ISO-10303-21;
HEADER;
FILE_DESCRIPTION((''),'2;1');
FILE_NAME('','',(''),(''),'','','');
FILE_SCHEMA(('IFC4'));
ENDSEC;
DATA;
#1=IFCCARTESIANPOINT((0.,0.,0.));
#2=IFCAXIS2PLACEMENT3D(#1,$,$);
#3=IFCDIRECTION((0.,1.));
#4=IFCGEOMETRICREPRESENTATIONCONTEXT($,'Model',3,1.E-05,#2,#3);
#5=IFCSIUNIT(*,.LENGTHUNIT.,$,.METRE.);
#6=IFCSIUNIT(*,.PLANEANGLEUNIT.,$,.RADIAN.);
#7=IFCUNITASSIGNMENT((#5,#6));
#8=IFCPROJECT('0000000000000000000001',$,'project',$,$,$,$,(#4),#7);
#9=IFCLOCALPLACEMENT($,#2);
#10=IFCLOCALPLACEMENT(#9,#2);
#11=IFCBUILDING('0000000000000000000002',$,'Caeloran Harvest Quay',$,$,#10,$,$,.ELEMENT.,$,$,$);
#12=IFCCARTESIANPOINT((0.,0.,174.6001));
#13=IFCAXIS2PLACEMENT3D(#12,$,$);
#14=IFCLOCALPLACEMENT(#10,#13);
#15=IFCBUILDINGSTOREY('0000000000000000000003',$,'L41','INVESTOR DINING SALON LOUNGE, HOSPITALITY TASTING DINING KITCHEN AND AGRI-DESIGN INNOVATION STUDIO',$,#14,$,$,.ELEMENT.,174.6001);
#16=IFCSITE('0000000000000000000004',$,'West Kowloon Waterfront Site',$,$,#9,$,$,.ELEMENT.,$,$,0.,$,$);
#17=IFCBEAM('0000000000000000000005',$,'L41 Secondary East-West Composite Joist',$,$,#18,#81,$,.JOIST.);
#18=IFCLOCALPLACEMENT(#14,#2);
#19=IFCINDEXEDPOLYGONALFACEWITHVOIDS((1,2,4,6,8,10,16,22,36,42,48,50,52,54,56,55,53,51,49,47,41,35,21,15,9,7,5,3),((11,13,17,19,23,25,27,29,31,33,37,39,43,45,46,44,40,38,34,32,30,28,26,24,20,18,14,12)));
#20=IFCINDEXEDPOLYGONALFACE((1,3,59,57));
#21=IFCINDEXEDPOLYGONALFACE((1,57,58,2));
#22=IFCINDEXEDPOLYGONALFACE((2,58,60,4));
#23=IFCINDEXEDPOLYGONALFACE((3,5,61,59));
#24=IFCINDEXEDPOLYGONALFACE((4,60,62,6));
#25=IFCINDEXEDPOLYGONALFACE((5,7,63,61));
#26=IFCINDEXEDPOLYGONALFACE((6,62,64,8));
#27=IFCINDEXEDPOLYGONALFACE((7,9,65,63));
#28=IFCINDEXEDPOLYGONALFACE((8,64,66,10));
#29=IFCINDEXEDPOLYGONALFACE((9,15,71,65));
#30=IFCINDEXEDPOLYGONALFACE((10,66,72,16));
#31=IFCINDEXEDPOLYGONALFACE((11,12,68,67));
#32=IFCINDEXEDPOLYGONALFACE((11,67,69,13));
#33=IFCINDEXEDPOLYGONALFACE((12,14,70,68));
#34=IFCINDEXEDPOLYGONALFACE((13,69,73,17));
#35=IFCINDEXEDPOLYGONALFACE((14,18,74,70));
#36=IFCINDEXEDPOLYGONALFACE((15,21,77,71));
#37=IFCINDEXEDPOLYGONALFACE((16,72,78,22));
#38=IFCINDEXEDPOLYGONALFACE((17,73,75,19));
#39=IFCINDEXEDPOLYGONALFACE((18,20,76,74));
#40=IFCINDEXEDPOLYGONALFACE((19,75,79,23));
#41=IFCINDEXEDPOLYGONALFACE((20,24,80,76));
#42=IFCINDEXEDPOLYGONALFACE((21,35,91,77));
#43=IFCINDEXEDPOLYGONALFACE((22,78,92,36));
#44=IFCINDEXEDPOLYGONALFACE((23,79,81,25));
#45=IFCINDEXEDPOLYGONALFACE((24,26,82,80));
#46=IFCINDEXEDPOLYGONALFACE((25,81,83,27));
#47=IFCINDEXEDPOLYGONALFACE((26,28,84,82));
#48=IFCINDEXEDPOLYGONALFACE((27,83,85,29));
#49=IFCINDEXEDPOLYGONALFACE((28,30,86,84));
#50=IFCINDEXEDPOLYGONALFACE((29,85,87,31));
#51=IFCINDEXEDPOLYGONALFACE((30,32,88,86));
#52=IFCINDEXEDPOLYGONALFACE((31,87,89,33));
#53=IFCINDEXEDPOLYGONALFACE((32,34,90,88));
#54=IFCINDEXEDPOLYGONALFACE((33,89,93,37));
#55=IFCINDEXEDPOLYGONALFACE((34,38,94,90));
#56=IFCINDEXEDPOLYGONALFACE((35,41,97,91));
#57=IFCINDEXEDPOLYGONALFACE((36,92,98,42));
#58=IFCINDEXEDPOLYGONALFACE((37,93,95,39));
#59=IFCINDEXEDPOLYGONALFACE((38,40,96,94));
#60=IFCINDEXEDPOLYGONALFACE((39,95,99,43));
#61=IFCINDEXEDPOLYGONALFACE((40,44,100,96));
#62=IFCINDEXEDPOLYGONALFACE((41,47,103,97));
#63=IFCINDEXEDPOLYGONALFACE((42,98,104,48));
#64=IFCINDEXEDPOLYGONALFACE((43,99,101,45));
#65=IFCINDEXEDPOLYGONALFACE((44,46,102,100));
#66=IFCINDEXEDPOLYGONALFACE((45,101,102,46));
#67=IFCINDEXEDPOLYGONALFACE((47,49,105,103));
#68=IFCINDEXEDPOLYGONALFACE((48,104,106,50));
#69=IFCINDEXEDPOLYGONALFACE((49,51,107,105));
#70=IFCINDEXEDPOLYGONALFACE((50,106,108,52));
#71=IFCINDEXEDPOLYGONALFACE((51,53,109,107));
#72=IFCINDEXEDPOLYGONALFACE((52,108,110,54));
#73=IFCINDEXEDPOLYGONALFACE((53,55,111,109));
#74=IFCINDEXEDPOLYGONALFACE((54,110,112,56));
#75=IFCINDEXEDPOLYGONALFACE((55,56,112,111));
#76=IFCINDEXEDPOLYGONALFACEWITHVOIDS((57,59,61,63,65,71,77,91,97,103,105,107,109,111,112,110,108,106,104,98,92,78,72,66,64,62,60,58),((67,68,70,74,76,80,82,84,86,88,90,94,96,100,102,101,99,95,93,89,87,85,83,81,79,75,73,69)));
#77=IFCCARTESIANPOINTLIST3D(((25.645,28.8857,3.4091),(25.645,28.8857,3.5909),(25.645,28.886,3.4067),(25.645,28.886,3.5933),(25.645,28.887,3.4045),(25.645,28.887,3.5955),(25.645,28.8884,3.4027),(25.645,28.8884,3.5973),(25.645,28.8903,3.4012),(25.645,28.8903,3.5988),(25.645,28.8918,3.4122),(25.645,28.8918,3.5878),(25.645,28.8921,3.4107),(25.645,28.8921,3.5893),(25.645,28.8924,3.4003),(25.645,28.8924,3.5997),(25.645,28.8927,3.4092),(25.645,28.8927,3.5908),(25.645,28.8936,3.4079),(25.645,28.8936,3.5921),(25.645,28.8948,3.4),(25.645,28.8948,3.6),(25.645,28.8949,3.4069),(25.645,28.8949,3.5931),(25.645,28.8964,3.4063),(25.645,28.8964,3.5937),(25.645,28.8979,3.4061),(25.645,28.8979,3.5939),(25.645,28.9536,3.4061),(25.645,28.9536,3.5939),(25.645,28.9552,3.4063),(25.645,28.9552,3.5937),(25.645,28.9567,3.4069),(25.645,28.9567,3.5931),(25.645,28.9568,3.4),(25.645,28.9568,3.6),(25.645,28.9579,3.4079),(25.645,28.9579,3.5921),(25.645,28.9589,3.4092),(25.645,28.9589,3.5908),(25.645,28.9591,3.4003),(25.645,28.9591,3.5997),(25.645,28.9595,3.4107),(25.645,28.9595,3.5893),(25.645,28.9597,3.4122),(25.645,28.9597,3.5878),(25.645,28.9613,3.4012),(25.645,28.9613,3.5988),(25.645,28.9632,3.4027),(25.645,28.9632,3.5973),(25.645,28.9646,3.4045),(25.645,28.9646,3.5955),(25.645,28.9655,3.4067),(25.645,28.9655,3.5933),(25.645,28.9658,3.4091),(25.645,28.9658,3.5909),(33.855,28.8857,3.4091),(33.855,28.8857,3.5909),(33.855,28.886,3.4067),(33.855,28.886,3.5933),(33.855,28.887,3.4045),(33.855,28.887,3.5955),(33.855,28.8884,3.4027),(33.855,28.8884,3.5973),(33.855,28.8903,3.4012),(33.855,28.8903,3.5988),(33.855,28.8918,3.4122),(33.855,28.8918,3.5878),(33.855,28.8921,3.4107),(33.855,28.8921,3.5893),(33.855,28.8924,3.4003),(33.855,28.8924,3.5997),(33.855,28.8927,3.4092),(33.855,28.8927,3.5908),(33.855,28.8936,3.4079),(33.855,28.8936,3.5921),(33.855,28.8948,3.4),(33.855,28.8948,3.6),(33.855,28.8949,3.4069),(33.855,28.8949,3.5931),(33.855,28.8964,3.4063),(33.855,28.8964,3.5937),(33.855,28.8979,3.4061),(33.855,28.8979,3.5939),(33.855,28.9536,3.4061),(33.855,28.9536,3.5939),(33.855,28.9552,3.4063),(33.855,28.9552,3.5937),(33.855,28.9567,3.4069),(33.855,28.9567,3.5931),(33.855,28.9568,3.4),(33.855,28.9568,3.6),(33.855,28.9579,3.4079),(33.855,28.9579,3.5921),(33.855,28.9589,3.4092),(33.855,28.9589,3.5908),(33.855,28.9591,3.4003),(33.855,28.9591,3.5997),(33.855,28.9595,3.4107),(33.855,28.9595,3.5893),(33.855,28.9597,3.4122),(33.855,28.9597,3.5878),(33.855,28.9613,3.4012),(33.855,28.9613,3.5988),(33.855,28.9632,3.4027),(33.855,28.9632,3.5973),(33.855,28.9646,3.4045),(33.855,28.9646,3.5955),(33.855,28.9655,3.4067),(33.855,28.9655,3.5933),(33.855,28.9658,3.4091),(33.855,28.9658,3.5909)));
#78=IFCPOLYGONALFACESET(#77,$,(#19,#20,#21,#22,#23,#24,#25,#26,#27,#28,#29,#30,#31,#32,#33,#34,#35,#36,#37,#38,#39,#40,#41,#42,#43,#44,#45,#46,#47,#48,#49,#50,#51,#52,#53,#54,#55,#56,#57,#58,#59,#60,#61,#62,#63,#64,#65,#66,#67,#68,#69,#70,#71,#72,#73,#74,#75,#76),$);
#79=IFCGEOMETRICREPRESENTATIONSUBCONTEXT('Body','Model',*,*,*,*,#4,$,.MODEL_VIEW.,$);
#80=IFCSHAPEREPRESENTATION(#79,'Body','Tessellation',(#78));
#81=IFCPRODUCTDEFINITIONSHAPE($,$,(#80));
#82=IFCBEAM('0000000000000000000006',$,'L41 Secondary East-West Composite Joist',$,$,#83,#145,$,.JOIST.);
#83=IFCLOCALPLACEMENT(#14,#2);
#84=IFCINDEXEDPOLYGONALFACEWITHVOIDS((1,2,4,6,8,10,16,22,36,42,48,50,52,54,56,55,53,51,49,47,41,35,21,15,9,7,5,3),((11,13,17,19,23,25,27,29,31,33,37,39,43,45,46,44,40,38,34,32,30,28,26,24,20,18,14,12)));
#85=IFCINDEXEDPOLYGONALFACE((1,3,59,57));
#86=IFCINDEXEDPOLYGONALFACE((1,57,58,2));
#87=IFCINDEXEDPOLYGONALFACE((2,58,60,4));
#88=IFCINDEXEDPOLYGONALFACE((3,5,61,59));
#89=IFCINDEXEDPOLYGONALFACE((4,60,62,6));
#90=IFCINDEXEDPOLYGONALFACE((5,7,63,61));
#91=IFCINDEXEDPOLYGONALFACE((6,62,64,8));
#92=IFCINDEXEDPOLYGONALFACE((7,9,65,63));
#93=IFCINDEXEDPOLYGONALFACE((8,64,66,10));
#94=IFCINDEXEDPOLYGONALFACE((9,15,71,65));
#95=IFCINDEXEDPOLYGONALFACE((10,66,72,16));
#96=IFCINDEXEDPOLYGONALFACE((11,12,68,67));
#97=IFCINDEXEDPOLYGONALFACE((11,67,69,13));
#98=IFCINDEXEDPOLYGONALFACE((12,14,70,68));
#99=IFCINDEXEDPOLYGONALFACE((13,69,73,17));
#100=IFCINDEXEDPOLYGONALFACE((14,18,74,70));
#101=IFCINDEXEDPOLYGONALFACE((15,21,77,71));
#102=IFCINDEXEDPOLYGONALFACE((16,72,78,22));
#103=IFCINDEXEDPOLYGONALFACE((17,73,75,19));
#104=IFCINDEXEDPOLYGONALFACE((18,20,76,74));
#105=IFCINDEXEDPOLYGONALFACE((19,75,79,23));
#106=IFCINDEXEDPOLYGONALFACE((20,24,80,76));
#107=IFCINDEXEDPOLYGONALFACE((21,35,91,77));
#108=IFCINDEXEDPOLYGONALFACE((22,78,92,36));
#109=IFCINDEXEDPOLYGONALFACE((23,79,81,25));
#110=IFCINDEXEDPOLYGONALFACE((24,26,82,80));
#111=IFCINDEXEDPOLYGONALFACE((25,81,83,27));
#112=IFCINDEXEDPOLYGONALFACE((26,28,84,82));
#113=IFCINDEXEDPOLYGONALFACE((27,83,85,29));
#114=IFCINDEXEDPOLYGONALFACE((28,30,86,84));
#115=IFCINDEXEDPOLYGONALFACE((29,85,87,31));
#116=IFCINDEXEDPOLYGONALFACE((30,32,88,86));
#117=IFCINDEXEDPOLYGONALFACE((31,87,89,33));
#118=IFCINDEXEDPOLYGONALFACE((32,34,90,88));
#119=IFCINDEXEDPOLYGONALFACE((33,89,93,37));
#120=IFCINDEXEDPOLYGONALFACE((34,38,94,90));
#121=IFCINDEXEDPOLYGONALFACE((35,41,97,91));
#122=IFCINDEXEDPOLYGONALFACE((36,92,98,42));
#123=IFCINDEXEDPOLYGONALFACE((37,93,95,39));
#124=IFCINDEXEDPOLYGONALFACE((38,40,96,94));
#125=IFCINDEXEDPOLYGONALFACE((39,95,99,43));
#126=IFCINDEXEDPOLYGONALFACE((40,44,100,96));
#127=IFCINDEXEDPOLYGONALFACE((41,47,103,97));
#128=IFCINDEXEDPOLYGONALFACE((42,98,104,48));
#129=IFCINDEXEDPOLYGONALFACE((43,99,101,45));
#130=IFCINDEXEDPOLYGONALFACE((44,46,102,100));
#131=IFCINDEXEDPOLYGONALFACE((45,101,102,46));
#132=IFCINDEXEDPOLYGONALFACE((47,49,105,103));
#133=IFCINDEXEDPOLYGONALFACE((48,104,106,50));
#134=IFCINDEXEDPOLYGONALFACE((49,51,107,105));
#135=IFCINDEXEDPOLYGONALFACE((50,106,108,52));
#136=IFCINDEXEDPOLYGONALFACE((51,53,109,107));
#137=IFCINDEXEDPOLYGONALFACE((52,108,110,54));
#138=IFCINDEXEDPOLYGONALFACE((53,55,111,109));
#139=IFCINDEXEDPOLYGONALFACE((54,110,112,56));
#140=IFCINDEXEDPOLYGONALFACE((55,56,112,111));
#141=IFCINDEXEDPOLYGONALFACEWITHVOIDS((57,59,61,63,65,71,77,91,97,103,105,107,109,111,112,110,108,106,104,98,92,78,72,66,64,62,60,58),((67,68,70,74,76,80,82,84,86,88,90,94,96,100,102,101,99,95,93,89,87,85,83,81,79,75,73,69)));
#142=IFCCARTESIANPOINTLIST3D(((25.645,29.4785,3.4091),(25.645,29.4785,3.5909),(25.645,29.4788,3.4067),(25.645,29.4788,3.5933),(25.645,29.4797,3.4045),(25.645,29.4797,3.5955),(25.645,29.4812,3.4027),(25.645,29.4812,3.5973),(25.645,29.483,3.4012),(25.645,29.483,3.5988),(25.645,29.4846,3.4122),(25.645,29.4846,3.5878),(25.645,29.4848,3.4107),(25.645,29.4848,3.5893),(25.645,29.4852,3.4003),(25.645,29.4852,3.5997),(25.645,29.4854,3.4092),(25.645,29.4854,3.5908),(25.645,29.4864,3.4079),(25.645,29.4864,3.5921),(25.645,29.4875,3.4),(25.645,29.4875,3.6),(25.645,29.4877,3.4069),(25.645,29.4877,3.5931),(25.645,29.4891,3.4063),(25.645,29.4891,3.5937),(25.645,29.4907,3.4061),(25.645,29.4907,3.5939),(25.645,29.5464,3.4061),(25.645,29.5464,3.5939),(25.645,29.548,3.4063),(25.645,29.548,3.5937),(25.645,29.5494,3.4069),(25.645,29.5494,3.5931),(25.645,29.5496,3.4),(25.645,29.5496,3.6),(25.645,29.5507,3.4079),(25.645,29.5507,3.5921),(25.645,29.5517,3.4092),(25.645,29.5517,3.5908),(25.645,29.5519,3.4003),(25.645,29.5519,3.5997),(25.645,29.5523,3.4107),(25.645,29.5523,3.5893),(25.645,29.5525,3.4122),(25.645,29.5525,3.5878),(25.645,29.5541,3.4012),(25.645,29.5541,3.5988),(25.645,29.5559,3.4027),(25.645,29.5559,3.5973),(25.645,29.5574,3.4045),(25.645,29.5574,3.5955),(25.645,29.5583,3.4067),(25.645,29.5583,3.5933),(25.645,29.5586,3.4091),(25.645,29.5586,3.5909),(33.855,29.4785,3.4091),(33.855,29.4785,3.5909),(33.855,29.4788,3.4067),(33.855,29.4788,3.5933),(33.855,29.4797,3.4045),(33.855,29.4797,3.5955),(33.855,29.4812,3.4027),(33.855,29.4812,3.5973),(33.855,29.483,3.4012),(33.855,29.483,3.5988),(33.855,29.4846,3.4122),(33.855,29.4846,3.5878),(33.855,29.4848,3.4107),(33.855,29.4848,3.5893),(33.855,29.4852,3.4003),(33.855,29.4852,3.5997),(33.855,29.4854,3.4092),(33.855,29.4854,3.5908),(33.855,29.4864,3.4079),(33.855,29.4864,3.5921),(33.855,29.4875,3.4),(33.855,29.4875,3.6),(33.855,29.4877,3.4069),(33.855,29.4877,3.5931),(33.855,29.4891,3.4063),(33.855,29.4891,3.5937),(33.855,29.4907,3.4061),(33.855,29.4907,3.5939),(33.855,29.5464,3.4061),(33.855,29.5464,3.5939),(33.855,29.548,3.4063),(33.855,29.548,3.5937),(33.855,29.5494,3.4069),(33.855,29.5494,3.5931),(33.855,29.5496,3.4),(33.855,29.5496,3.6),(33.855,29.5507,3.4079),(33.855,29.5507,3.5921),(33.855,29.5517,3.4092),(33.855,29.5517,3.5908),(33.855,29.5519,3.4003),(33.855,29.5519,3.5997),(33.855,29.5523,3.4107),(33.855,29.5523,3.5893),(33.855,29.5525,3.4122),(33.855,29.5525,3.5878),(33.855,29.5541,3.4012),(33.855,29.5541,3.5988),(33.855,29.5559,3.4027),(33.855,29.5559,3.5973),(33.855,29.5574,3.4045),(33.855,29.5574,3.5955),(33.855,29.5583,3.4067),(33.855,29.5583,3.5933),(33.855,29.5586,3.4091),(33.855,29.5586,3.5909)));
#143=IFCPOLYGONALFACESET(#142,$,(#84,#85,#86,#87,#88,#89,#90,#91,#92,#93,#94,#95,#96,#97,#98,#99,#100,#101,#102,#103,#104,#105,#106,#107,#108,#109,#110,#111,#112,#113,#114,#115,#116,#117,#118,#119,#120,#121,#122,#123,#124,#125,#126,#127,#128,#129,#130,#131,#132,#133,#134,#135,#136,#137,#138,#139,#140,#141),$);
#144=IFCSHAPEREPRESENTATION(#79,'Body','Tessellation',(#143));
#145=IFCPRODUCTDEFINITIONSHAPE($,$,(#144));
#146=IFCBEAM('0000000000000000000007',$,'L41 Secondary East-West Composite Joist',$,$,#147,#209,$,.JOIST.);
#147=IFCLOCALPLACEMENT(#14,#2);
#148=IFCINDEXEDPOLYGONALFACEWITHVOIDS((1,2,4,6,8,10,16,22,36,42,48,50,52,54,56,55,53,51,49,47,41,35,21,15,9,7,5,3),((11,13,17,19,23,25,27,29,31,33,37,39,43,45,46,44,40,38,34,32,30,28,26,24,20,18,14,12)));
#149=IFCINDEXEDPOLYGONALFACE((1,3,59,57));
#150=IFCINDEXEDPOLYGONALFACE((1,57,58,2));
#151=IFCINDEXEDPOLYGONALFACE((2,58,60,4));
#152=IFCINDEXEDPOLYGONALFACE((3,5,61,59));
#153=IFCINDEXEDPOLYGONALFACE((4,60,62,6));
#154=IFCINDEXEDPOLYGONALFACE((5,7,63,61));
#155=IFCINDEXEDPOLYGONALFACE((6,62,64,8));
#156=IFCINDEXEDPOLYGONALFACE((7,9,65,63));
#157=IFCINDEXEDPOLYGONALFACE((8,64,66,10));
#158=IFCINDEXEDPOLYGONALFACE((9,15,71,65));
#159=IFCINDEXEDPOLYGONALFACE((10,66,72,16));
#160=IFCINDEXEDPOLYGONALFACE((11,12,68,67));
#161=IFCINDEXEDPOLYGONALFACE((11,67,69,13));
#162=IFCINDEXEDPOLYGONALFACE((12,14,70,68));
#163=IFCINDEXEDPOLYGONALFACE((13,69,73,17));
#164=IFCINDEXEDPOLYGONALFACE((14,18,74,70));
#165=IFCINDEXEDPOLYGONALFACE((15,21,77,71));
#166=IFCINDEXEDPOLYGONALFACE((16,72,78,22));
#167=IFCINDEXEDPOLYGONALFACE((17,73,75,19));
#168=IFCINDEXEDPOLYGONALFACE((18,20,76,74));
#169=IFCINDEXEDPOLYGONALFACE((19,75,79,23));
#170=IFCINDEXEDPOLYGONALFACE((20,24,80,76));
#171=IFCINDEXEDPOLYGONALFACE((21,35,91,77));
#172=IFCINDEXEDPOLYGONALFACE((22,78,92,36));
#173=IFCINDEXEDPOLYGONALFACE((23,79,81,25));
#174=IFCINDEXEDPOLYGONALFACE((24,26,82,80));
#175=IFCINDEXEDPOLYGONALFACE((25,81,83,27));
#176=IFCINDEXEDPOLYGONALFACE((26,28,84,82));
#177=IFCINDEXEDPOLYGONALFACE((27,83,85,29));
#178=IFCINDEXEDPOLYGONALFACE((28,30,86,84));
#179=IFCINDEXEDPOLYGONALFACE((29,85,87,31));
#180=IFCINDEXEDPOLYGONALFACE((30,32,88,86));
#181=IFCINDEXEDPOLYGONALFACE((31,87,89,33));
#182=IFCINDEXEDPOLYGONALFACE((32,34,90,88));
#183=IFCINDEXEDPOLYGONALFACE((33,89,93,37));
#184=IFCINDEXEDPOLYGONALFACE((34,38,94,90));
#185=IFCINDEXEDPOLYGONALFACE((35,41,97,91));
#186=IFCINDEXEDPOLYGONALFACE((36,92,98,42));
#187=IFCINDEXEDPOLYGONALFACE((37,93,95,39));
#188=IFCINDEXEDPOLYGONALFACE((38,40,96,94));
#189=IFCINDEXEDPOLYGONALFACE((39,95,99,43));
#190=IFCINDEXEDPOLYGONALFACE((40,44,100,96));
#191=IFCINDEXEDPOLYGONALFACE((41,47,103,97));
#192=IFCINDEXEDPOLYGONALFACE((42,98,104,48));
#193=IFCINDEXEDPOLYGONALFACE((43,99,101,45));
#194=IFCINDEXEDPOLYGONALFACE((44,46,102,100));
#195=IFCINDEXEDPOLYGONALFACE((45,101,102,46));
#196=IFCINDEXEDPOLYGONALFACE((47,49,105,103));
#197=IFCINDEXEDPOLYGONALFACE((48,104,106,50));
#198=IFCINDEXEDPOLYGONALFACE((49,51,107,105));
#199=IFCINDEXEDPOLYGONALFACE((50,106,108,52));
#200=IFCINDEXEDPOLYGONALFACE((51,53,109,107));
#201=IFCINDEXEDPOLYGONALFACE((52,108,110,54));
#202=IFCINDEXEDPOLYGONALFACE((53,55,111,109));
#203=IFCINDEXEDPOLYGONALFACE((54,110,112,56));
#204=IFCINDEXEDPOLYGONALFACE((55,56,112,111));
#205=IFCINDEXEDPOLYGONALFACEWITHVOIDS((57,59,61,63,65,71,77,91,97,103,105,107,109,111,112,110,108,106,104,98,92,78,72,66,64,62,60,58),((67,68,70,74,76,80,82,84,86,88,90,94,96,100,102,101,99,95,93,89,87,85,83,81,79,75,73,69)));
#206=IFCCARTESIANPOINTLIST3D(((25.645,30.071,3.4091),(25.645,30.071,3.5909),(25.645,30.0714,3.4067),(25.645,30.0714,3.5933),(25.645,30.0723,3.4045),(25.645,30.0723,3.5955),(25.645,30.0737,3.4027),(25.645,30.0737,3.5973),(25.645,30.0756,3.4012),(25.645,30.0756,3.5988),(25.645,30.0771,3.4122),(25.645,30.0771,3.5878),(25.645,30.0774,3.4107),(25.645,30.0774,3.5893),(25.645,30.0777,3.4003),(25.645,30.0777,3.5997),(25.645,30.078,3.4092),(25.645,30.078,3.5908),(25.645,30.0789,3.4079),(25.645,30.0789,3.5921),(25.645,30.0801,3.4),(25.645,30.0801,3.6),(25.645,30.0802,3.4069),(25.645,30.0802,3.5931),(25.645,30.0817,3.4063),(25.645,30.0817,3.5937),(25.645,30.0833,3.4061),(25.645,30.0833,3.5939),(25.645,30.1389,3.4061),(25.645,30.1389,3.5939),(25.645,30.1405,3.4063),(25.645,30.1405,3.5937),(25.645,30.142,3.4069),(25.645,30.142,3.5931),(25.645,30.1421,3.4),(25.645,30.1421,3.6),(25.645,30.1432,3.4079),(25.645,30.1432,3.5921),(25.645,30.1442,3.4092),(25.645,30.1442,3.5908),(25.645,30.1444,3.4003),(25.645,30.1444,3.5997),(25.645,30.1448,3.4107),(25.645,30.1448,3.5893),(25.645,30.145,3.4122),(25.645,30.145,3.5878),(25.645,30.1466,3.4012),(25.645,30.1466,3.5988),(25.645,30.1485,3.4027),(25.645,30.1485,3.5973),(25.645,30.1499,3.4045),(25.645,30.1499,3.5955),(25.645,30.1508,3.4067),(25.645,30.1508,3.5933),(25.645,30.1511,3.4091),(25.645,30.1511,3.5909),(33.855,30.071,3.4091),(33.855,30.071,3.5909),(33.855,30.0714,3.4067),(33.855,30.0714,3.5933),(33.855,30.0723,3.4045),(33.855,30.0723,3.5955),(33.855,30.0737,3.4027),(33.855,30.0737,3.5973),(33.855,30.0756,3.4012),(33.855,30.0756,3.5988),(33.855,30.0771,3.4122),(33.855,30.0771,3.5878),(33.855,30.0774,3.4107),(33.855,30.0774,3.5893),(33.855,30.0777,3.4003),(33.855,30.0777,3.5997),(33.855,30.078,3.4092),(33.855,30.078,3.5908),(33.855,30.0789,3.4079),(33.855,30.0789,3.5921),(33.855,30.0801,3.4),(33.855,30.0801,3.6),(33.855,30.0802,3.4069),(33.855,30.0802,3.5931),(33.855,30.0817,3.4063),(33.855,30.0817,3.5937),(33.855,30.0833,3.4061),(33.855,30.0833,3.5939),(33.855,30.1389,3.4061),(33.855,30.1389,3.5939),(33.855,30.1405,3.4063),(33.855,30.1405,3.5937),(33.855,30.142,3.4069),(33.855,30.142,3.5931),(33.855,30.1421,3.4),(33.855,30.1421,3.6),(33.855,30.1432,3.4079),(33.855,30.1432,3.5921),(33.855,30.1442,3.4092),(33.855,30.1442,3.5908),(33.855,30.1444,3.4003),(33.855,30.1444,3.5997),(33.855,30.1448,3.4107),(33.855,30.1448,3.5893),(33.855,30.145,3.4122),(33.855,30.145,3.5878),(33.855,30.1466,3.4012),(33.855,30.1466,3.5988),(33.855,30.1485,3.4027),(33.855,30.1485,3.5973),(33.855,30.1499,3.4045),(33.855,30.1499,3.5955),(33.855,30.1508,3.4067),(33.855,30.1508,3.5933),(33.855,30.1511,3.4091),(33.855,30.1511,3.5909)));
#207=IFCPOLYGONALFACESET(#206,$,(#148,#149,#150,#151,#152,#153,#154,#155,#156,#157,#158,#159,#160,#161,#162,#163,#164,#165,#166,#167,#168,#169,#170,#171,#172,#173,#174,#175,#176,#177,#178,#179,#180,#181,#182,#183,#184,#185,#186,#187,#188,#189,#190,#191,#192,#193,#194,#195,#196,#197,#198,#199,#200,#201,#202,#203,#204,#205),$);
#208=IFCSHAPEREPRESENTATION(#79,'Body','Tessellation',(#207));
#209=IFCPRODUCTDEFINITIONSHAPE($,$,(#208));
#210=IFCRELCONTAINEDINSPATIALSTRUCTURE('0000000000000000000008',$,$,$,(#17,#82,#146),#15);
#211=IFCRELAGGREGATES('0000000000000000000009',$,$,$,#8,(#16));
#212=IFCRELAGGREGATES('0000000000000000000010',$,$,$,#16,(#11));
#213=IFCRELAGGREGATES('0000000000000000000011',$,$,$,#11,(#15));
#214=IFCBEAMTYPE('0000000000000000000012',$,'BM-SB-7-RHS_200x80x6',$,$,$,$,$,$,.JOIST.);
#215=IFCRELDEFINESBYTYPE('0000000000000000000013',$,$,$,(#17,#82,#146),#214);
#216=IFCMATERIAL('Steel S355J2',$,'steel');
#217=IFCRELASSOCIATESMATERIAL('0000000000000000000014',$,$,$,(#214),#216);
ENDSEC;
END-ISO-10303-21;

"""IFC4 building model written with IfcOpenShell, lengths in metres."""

from ifc_helpers import new_model, si_unit, direction, frame, origin, origin_2d, place, context, subcontext, project, spatial, hollow_rectangle, extrude, material, material_profile, profile_set, type_object, element, save


model = new_model("IFC4")

# Units and contexts
model_context = context("Model", 3, precision=1e-05, world=origin(), true_north=direction((0.0, 1.0)))
body_context = subcontext(model_context, "Body", "Model", "MODEL_VIEW")
ifc_project = project(units=[si_unit("LENGTHUNIT", "METRE"), si_unit("PLANEANGLEUNIT", "RADIAN")], contexts=[model_context])

# Site, building, storey
site_placement = place(None, origin())
site = spatial("IfcSite", under=ifc_project, at=site_placement, Name="West Kowloon Waterfront Site", CompositionType="ELEMENT", RefElevation=0.0)
building_placement = place(site_placement, origin())
building = spatial("IfcBuilding", under=site, at=building_placement, Name="Caeloran Harvest Quay", CompositionType="ELEMENT")
storey_placement = place(building_placement, frame((0.0, 0.0, 174.6001)))
storey = spatial("IfcBuildingStorey", under=building, at=storey_placement, Name="L41", Description="INVESTOR DINING SALON LOUNGE, HOSPITALITY TASTING DINING KITCHEN AND AGRI-DESIGN INNOVATION STUDIO", CompositionType="ELEMENT", Elevation=174.6001)

# Beams
ifc_material_1 = material(Name="Steel S355J2", Category="steel")
ifc_material_profile_1 = material_profile(ifc_material_1, hollow_rectangle(XDim=0.0801, YDim=0.2, WallThickness=0.0061, InnerFilletRadius=0.0061, OuterFilletRadius=0.009, at=origin_2d()), Name="RHS 200x80x6")
ifc_profile_set_1 = profile_set([ifc_material_profile_1], Name="Steel S355J2")
beam_type_1 = type_object("IfcBeamType", Name="BM-SB-7-RHS_200x80x6", PredefinedType="JOIST", material=ifc_profile_set_1)
for number, where, z_axis, x_axis, name in (
    (1, (25.645, 28.9258, 3.5), (1.0, 0.0, 0.0), (0.0, 1.0, 0.0), "L41 Secondary East-West Composite Joist"),
    (2, (25.645, 29.5186, 3.5), (1.0, 0.0, 0.0), (0.0, 1.0, 0.0), "L41 Secondary East-West Composite Joist"),
    (3, (25.645, 30.1111, 3.5), (1.0, 0.0, 0.0), (0.0, 1.0, 0.0), "L41 Secondary East-West Composite Joist"),
):
    element("IfcBeam", number, at=place(storey_placement, frame(where, z_axis=z_axis, x_axis=x_axis)), inside=storey, type_object=beam_type_1, Name=name, PredefinedType="JOIST", context=body_context, shape_type="SweptSolid", body=[
        extrude(hollow_rectangle(XDim=0.0801, YDim=0.2, WallThickness=0.0061, InnerFilletRadius=0.0061, OuterFilletRadius=0.009, at=origin_2d()), origin(), (0.0, 0.0, 1.0), 8.21),
    ])

save(model, "model.ifc")
